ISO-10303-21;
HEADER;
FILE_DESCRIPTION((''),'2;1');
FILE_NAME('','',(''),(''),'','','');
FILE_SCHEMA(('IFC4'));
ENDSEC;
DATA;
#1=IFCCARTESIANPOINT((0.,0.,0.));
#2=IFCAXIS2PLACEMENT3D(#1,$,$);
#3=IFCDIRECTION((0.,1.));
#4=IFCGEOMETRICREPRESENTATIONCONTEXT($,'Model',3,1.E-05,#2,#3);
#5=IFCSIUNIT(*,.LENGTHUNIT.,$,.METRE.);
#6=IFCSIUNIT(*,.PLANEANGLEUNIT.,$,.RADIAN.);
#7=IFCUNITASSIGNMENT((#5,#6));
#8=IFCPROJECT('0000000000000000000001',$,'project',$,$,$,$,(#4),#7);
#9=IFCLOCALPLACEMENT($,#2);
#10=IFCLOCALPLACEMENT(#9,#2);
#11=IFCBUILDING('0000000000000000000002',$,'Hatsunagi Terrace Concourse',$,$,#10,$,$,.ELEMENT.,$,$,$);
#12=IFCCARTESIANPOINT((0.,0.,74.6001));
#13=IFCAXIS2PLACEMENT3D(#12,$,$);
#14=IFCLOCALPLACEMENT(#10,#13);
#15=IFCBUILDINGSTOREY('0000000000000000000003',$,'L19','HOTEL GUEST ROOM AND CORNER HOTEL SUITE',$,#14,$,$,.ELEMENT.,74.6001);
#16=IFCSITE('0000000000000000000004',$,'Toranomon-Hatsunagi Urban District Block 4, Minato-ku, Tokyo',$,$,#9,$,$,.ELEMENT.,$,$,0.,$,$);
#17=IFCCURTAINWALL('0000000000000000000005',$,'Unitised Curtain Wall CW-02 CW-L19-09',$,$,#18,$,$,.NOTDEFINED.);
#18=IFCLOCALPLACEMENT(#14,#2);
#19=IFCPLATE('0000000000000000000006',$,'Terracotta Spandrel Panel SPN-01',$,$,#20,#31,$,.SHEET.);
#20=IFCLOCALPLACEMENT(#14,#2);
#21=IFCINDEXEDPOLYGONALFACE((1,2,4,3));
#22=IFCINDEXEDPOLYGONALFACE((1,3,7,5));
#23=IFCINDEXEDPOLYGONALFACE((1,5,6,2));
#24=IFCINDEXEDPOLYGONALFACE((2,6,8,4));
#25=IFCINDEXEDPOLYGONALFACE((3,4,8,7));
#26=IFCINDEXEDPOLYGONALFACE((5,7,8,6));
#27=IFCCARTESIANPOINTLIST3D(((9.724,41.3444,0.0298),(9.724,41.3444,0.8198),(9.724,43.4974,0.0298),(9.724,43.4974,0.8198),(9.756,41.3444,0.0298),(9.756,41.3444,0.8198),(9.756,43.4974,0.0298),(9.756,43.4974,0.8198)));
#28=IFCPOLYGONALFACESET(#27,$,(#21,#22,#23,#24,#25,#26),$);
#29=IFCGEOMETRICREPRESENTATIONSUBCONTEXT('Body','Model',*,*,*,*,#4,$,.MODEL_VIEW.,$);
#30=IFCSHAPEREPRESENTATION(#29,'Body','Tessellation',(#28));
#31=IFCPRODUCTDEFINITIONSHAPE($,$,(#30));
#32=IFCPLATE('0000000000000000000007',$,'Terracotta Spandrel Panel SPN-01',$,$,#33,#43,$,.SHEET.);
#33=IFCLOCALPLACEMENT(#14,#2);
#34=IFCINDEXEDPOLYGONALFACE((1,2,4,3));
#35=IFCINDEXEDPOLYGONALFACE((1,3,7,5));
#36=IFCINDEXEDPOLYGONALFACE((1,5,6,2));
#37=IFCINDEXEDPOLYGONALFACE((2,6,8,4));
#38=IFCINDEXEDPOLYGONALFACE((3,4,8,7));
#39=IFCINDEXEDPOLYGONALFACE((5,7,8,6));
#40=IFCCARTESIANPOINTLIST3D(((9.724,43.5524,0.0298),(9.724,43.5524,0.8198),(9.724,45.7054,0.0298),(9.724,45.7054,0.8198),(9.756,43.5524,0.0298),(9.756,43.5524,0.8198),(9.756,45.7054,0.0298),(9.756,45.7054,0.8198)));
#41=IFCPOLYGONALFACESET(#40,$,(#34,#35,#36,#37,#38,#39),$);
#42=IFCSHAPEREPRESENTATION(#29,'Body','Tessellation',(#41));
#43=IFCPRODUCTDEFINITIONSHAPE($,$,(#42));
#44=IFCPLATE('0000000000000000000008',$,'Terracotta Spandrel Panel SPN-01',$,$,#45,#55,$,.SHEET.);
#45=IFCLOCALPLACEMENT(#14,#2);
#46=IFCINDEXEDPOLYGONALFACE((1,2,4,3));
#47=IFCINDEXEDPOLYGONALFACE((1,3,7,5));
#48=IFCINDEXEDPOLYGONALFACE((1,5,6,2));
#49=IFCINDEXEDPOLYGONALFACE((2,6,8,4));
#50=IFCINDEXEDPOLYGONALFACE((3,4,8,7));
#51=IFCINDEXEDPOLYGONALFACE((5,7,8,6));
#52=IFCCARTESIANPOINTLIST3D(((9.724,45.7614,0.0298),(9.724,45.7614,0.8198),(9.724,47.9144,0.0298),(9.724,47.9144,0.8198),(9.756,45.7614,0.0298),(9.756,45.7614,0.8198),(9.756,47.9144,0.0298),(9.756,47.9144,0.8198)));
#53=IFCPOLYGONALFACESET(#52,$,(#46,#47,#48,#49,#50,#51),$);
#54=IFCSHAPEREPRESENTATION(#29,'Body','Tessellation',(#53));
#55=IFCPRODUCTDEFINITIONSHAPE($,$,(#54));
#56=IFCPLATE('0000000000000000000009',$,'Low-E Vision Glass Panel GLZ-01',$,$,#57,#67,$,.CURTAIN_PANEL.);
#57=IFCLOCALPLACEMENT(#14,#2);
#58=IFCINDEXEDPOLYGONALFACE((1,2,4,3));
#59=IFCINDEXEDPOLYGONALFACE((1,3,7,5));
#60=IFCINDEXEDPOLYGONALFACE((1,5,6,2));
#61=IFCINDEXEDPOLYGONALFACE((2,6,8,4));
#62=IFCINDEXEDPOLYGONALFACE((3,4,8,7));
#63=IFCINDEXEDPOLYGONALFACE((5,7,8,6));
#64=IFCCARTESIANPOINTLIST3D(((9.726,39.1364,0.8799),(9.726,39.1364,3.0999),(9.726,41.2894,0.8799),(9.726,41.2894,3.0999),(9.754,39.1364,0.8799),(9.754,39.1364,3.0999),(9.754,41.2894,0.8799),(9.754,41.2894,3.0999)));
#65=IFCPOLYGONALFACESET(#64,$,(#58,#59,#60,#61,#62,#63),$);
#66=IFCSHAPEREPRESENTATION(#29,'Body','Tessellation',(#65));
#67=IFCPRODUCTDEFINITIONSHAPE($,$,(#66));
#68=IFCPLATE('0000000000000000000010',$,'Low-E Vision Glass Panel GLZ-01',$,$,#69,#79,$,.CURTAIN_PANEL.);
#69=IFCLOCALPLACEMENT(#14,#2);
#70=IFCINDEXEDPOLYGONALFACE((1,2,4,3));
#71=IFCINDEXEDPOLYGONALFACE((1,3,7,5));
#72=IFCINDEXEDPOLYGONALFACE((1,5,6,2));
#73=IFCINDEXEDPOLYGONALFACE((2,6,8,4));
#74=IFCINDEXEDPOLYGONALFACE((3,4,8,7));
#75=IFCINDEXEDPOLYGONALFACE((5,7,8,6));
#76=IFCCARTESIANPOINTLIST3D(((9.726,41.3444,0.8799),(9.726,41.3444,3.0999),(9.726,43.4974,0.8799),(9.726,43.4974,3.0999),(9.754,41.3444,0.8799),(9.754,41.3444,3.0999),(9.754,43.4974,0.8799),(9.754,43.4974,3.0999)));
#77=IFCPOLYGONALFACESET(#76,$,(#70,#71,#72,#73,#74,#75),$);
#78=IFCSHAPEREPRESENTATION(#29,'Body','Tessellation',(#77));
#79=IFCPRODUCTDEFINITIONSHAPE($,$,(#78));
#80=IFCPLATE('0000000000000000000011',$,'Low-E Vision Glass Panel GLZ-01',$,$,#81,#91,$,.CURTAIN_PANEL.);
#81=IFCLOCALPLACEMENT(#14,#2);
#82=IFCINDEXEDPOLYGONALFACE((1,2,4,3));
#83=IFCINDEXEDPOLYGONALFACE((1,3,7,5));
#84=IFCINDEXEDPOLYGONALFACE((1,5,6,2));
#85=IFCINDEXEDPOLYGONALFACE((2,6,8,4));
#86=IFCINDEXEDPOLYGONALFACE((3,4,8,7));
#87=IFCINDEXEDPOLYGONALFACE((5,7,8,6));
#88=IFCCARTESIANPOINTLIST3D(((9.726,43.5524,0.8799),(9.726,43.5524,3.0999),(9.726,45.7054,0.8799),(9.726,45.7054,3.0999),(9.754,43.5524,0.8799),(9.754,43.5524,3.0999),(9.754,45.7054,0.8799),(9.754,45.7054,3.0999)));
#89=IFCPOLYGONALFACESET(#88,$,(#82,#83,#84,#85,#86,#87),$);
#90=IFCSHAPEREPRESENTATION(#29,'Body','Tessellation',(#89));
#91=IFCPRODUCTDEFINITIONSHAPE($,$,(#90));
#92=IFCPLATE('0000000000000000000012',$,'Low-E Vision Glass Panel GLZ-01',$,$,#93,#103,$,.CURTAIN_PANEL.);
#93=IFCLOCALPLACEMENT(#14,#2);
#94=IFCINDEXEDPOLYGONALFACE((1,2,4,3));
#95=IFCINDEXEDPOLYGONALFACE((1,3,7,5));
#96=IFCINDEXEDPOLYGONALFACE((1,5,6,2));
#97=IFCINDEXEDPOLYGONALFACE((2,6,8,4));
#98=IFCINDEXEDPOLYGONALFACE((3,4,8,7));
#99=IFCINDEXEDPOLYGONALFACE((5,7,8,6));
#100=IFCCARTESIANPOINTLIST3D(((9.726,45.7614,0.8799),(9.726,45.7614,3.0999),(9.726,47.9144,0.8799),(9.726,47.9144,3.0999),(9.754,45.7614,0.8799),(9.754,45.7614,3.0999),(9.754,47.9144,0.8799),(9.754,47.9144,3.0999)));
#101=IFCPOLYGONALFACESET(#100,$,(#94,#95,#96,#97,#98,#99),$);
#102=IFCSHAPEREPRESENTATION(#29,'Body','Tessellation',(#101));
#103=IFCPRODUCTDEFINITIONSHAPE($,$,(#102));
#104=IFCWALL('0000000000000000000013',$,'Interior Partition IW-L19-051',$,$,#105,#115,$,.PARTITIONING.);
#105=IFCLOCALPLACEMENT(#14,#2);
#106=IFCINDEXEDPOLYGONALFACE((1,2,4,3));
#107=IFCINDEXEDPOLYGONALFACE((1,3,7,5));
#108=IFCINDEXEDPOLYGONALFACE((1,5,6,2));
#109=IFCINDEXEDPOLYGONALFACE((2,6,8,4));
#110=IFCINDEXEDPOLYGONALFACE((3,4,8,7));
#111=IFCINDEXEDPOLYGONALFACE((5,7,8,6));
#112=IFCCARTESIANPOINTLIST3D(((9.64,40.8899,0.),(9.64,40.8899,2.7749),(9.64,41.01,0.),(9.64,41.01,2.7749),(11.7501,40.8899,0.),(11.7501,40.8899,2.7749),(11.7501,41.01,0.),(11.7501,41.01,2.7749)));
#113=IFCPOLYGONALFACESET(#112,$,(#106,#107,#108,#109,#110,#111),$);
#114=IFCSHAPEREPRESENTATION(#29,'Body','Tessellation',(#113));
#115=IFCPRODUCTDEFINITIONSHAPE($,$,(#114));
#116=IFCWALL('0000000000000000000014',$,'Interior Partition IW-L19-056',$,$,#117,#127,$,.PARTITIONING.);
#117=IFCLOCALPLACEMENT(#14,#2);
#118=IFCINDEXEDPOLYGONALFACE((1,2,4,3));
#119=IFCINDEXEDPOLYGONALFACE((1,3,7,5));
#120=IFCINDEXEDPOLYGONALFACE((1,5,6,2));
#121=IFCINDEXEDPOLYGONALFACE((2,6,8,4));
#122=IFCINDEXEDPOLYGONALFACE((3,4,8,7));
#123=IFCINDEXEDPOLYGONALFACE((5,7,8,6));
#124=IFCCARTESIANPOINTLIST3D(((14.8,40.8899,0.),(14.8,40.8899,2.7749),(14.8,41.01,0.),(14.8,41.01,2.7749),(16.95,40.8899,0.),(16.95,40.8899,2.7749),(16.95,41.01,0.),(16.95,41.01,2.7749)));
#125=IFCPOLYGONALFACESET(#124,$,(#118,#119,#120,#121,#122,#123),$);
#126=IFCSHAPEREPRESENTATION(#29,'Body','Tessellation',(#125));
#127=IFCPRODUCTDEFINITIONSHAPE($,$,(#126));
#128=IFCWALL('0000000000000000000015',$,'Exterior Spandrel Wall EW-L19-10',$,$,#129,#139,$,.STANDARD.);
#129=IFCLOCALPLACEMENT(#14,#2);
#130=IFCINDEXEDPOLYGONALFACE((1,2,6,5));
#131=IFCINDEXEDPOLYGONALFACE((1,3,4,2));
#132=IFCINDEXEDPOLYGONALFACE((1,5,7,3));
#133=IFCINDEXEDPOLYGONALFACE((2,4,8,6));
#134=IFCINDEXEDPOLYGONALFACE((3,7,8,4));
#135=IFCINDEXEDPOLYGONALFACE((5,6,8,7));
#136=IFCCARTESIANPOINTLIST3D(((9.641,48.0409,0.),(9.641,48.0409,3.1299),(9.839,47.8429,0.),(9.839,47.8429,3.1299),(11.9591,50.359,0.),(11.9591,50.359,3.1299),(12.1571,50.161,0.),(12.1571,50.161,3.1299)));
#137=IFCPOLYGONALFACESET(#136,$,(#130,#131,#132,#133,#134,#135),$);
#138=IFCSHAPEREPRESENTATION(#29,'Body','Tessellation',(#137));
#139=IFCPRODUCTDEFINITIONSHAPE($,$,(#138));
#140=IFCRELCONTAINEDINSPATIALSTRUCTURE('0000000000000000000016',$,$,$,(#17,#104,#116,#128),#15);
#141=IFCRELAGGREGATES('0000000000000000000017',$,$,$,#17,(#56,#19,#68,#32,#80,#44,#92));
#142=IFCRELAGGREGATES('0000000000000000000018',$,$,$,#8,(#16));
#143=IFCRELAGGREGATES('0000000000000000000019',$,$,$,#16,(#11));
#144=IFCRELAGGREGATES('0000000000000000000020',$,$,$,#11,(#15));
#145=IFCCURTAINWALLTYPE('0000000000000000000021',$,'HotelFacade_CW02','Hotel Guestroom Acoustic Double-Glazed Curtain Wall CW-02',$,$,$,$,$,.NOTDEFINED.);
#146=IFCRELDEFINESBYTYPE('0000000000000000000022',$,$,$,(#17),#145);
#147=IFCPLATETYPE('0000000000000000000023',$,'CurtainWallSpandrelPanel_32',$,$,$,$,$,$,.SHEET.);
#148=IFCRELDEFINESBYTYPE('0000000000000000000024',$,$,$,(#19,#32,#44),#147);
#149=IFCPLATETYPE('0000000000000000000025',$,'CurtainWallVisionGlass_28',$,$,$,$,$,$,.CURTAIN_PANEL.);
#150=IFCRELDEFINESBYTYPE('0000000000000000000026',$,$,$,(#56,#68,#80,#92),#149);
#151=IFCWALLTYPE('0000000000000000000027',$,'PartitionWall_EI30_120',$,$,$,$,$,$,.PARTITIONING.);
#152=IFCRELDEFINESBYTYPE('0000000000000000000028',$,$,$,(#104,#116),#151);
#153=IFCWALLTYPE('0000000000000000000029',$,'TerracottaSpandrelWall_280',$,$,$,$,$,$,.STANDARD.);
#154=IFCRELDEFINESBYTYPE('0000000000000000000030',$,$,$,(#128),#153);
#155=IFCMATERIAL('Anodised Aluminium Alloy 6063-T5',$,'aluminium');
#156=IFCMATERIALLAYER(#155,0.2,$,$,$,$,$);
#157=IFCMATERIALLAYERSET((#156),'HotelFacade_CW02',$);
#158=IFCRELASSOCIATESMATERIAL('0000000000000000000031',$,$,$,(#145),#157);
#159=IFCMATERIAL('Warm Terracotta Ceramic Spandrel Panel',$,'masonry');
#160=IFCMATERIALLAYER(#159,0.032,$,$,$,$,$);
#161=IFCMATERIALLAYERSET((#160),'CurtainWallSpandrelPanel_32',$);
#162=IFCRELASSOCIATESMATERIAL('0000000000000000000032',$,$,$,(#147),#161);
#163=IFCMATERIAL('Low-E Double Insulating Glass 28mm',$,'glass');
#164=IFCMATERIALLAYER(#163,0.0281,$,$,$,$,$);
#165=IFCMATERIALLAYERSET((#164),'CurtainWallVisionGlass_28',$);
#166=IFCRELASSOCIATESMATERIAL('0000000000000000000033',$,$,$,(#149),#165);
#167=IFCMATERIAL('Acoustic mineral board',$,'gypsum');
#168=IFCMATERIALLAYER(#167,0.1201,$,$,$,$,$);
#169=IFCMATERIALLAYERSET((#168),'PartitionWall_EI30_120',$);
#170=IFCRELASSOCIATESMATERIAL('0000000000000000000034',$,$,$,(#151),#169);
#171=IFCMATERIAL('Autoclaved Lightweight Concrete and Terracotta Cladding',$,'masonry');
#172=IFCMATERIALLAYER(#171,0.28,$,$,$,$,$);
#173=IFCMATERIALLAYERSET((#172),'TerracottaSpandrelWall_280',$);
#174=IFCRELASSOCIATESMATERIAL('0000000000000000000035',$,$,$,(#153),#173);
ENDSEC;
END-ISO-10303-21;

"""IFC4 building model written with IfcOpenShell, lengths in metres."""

from ifc_helpers import new_model, si_unit, direction, frame, frame_2d, origin, origin_2d, place, context, subcontext, project, spatial, rectangle, extrude, material, layer, layer_set, type_object, element, aggregate, save


model = new_model("IFC4")

# Units and contexts
model_context = context("Model", 3, precision=1e-05, world=origin(), true_north=direction((0.0, 1.0)))
body_context = subcontext(model_context, "Body", "Model", "MODEL_VIEW")
ifc_project = project(units=[si_unit("LENGTHUNIT", "METRE"), si_unit("PLANEANGLEUNIT", "RADIAN")], contexts=[model_context])

# Site, building, storey
site_placement = place(None, origin())
site = spatial("IfcSite", under=ifc_project, at=site_placement, Name="Toranomon-Hatsunagi Urban District Block 4, Minato-ku, Tokyo", CompositionType="ELEMENT", RefElevation=0.0)
building_placement = place(site_placement, origin())
building = spatial("IfcBuilding", under=site, at=building_placement, Name="Hatsunagi Terrace Concourse", CompositionType="ELEMENT")
storey_placement = place(building_placement, frame((0.0, 0.0, 74.6001)))
storey = spatial("IfcBuildingStorey", under=building, at=storey_placement, Name="L19", Description="HOTEL GUEST ROOM AND CORNER HOTEL SUITE", CompositionType="ELEMENT", Elevation=74.6001)

# Curtain wall
ifc_material_1 = material(Name="Anodised Aluminium Alloy 6063-T5", Category="aluminium")
ifc_layer_1 = layer(ifc_material_1, 0.2)
ifc_layer_set_1 = layer_set([ifc_layer_1], Name="HotelFacade_CW02")
curtain_wall_type = type_object("IfcCurtainWallType", Name="HotelFacade_CW02", Description="Hotel Guestroom Acoustic Double-Glazed Curtain Wall CW-02", PredefinedType="NOTDEFINED", material=ifc_layer_set_1)
curtain_wall_placement = place(storey_placement, origin())
curtain_wall = element("IfcCurtainWall", 1, at=curtain_wall_placement, inside=storey, type_object=curtain_wall_type, Name="Unitised Curtain Wall CW-02 CW-L19-09", PredefinedType="NOTDEFINED")

# Plates
ifc_material_2 = material(Name="Warm Terracotta Ceramic Spandrel Panel", Category="masonry")
ifc_layer_2 = layer(ifc_material_2, 0.032)
ifc_layer_set_2 = layer_set([ifc_layer_2], Name="CurtainWallSpandrelPanel_32")
plate_type_1 = type_object("IfcPlateType", Name="CurtainWallSpandrelPanel_32", PredefinedType="SHEET", material=ifc_layer_set_2)
plate_1_placement = place(storey_placement, frame((9.74, 42.4209, 0.0298), z_axis=(0.0, 0.0, 1.0), x_axis=(0.0, 1.0, 0.0)))
plate_1 = element("IfcPlate", 2, at=plate_1_placement, type_object=plate_type_1, Name="Terracotta Spandrel Panel SPN-01", PredefinedType="SHEET", context=body_context, shape_type="SweptSolid", body=[
    extrude(rectangle(XDim=2.1531, YDim=0.032, at=origin_2d()), origin(), (0.0, 0.0, 1.0), 0.79),
])
plate_2_placement = place(storey_placement, frame((9.74, 44.6289, 0.0298), z_axis=(0.0, 0.0, 1.0), x_axis=(0.0, 1.0, 0.0)))
plate_2 = element("IfcPlate", 3, at=plate_2_placement, type_object=plate_type_1, Name="Terracotta Spandrel Panel SPN-01", PredefinedType="SHEET", context=body_context, shape_type="SweptSolid", body=[
    extrude(rectangle(XDim=2.1531, YDim=0.032, at=origin_2d()), origin(), (0.0, 0.0, 1.0), 0.79),
])
plate_3_placement = place(storey_placement, frame((9.74, 46.8379, 0.0298), z_axis=(0.0, 0.0, 1.0), x_axis=(0.0, 1.0, 0.0)))
plate_3 = element("IfcPlate", 4, at=plate_3_placement, type_object=plate_type_1, Name="Terracotta Spandrel Panel SPN-01", PredefinedType="SHEET", context=body_context, shape_type="SweptSolid", body=[
    extrude(rectangle(XDim=2.1531, YDim=0.032, at=origin_2d()), origin(), (0.0, 0.0, 1.0), 0.79),
])
ifc_material_3 = material(Name="Low-E Double Insulating Glass 28mm", Category="glass")
ifc_layer_3 = layer(ifc_material_3, 0.0281)
ifc_layer_set_3 = layer_set([ifc_layer_3], Name="CurtainWallVisionGlass_28")
plate_type_2 = type_object("IfcPlateType", Name="CurtainWallVisionGlass_28", PredefinedType="CURTAIN_PANEL", material=ifc_layer_set_3)
plate_4_placement = place(storey_placement, frame((9.74, 40.2129, 0.8799), z_axis=(0.0, 0.0, 1.0), x_axis=(0.0, 1.0, 0.0)))
plate_4 = element("IfcPlate", 5, at=plate_4_placement, type_object=plate_type_2, Name="Low-E Vision Glass Panel GLZ-01", PredefinedType="CURTAIN_PANEL", context=body_context, shape_type="SweptSolid", body=[
    extrude(rectangle(XDim=2.1531, YDim=0.0281, at=origin_2d()), origin(), (0.0, 0.0, 1.0), 2.22),
])
plate_5_placement = place(storey_placement, frame((9.74, 42.4209, 0.8799), z_axis=(0.0, 0.0, 1.0), x_axis=(0.0, 1.0, 0.0)))
plate_5 = element("IfcPlate", 6, at=plate_5_placement, type_object=plate_type_2, Name="Low-E Vision Glass Panel GLZ-01", PredefinedType="CURTAIN_PANEL", context=body_context, shape_type="SweptSolid", body=[
    extrude(rectangle(XDim=2.1531, YDim=0.0281, at=origin_2d()), origin(), (0.0, 0.0, 1.0), 2.22),
])
plate_6_placement = place(storey_placement, frame((9.74, 44.6289, 0.8799), z_axis=(0.0, 0.0, 1.0), x_axis=(0.0, 1.0, 0.0)))
plate_6 = element("IfcPlate", 7, at=plate_6_placement, type_object=plate_type_2, Name="Low-E Vision Glass Panel GLZ-01", PredefinedType="CURTAIN_PANEL", context=body_context, shape_type="SweptSolid", body=[
    extrude(rectangle(XDim=2.1531, YDim=0.0281, at=origin_2d()), origin(), (0.0, 0.0, 1.0), 2.22),
])
plate_7_placement = place(storey_placement, frame((9.74, 46.8379, 0.8799), z_axis=(0.0, 0.0, 1.0), x_axis=(0.0, 1.0, 0.0)))
plate_7 = element("IfcPlate", 8, at=plate_7_placement, type_object=plate_type_2, Name="Low-E Vision Glass Panel GLZ-01", PredefinedType="CURTAIN_PANEL", context=body_context, shape_type="SweptSolid", body=[
    extrude(rectangle(XDim=2.1531, YDim=0.0281, at=origin_2d()), origin(), (0.0, 0.0, 1.0), 2.22),
])
aggregate(curtain_wall, [plate_4, plate_1, plate_5, plate_2, plate_6, plate_3, plate_7])

# Walls
ifc_material_4 = material(Name="Acoustic mineral board", Category="gypsum")
ifc_layer_4 = layer(ifc_material_4, 0.1201)
ifc_layer_set_4 = layer_set([ifc_layer_4], Name="PartitionWall_EI30_120")
wall_type_1 = type_object("IfcWallType", Name="PartitionWall_EI30_120", PredefinedType="PARTITIONING", material=ifc_layer_set_4)
wall_1_placement = place(storey_placement, frame((9.6399, 40.95, 0.0), z_axis=(0.0, 0.0, 1.0), x_axis=(1.0, 0.0, 0.0)))
element("IfcWall", 9, at=wall_1_placement, inside=storey, type_object=wall_type_1, Name="Interior Partition IW-L19-051", PredefinedType="PARTITIONING", context=body_context, shape_type="SweptSolid", body=[
    extrude(rectangle(XDim=2.1101, YDim=0.1201, at=frame_2d((1.0552, 0.0))), origin(), (0.0, 0.0, 1.0), 2.7749),
])
wall_2_placement = place(storey_placement, frame((14.8, 40.95, 0.0), z_axis=(0.0, 0.0, 1.0), x_axis=(1.0, 0.0, 0.0)))
element("IfcWall", 10, at=wall_2_placement, inside=storey, type_object=wall_type_1, Name="Interior Partition IW-L19-056", PredefinedType="PARTITIONING", context=body_context, shape_type="SweptSolid", body=[
    extrude(rectangle(XDim=2.1499, YDim=0.1201, at=frame_2d((1.075, 0.0))), origin(), (0.0, 0.0, 1.0), 2.7749),
])
ifc_material_5 = material(Name="Autoclaved Lightweight Concrete and Terracotta Cladding", Category="masonry")
ifc_layer_5 = layer(ifc_material_5, 0.28)
ifc_layer_set_5 = layer_set([ifc_layer_5], Name="TerracottaSpandrelWall_280")
wall_type_2 = type_object("IfcWallType", Name="TerracottaSpandrelWall_280", PredefinedType="STANDARD", material=ifc_layer_set_5)
wall_3_placement = place(storey_placement, frame((9.74, 47.9419, 0.0), z_axis=(0.0, 0.0, 1.0), x_axis=(0.707107, 0.707107, 0.0)))
element("IfcWall", 11, at=wall_3_placement, inside=storey, type_object=wall_type_2, Name="Exterior Spandrel Wall EW-L19-10", PredefinedType="STANDARD", context=body_context, shape_type="SweptSolid", body=[
    extrude(rectangle(XDim=3.2783, YDim=0.28, at=frame_2d((1.6392, 0.0))), origin(), (0.0, 0.0, 1.0), 3.1299),
])

save(model, "model.ifc")
